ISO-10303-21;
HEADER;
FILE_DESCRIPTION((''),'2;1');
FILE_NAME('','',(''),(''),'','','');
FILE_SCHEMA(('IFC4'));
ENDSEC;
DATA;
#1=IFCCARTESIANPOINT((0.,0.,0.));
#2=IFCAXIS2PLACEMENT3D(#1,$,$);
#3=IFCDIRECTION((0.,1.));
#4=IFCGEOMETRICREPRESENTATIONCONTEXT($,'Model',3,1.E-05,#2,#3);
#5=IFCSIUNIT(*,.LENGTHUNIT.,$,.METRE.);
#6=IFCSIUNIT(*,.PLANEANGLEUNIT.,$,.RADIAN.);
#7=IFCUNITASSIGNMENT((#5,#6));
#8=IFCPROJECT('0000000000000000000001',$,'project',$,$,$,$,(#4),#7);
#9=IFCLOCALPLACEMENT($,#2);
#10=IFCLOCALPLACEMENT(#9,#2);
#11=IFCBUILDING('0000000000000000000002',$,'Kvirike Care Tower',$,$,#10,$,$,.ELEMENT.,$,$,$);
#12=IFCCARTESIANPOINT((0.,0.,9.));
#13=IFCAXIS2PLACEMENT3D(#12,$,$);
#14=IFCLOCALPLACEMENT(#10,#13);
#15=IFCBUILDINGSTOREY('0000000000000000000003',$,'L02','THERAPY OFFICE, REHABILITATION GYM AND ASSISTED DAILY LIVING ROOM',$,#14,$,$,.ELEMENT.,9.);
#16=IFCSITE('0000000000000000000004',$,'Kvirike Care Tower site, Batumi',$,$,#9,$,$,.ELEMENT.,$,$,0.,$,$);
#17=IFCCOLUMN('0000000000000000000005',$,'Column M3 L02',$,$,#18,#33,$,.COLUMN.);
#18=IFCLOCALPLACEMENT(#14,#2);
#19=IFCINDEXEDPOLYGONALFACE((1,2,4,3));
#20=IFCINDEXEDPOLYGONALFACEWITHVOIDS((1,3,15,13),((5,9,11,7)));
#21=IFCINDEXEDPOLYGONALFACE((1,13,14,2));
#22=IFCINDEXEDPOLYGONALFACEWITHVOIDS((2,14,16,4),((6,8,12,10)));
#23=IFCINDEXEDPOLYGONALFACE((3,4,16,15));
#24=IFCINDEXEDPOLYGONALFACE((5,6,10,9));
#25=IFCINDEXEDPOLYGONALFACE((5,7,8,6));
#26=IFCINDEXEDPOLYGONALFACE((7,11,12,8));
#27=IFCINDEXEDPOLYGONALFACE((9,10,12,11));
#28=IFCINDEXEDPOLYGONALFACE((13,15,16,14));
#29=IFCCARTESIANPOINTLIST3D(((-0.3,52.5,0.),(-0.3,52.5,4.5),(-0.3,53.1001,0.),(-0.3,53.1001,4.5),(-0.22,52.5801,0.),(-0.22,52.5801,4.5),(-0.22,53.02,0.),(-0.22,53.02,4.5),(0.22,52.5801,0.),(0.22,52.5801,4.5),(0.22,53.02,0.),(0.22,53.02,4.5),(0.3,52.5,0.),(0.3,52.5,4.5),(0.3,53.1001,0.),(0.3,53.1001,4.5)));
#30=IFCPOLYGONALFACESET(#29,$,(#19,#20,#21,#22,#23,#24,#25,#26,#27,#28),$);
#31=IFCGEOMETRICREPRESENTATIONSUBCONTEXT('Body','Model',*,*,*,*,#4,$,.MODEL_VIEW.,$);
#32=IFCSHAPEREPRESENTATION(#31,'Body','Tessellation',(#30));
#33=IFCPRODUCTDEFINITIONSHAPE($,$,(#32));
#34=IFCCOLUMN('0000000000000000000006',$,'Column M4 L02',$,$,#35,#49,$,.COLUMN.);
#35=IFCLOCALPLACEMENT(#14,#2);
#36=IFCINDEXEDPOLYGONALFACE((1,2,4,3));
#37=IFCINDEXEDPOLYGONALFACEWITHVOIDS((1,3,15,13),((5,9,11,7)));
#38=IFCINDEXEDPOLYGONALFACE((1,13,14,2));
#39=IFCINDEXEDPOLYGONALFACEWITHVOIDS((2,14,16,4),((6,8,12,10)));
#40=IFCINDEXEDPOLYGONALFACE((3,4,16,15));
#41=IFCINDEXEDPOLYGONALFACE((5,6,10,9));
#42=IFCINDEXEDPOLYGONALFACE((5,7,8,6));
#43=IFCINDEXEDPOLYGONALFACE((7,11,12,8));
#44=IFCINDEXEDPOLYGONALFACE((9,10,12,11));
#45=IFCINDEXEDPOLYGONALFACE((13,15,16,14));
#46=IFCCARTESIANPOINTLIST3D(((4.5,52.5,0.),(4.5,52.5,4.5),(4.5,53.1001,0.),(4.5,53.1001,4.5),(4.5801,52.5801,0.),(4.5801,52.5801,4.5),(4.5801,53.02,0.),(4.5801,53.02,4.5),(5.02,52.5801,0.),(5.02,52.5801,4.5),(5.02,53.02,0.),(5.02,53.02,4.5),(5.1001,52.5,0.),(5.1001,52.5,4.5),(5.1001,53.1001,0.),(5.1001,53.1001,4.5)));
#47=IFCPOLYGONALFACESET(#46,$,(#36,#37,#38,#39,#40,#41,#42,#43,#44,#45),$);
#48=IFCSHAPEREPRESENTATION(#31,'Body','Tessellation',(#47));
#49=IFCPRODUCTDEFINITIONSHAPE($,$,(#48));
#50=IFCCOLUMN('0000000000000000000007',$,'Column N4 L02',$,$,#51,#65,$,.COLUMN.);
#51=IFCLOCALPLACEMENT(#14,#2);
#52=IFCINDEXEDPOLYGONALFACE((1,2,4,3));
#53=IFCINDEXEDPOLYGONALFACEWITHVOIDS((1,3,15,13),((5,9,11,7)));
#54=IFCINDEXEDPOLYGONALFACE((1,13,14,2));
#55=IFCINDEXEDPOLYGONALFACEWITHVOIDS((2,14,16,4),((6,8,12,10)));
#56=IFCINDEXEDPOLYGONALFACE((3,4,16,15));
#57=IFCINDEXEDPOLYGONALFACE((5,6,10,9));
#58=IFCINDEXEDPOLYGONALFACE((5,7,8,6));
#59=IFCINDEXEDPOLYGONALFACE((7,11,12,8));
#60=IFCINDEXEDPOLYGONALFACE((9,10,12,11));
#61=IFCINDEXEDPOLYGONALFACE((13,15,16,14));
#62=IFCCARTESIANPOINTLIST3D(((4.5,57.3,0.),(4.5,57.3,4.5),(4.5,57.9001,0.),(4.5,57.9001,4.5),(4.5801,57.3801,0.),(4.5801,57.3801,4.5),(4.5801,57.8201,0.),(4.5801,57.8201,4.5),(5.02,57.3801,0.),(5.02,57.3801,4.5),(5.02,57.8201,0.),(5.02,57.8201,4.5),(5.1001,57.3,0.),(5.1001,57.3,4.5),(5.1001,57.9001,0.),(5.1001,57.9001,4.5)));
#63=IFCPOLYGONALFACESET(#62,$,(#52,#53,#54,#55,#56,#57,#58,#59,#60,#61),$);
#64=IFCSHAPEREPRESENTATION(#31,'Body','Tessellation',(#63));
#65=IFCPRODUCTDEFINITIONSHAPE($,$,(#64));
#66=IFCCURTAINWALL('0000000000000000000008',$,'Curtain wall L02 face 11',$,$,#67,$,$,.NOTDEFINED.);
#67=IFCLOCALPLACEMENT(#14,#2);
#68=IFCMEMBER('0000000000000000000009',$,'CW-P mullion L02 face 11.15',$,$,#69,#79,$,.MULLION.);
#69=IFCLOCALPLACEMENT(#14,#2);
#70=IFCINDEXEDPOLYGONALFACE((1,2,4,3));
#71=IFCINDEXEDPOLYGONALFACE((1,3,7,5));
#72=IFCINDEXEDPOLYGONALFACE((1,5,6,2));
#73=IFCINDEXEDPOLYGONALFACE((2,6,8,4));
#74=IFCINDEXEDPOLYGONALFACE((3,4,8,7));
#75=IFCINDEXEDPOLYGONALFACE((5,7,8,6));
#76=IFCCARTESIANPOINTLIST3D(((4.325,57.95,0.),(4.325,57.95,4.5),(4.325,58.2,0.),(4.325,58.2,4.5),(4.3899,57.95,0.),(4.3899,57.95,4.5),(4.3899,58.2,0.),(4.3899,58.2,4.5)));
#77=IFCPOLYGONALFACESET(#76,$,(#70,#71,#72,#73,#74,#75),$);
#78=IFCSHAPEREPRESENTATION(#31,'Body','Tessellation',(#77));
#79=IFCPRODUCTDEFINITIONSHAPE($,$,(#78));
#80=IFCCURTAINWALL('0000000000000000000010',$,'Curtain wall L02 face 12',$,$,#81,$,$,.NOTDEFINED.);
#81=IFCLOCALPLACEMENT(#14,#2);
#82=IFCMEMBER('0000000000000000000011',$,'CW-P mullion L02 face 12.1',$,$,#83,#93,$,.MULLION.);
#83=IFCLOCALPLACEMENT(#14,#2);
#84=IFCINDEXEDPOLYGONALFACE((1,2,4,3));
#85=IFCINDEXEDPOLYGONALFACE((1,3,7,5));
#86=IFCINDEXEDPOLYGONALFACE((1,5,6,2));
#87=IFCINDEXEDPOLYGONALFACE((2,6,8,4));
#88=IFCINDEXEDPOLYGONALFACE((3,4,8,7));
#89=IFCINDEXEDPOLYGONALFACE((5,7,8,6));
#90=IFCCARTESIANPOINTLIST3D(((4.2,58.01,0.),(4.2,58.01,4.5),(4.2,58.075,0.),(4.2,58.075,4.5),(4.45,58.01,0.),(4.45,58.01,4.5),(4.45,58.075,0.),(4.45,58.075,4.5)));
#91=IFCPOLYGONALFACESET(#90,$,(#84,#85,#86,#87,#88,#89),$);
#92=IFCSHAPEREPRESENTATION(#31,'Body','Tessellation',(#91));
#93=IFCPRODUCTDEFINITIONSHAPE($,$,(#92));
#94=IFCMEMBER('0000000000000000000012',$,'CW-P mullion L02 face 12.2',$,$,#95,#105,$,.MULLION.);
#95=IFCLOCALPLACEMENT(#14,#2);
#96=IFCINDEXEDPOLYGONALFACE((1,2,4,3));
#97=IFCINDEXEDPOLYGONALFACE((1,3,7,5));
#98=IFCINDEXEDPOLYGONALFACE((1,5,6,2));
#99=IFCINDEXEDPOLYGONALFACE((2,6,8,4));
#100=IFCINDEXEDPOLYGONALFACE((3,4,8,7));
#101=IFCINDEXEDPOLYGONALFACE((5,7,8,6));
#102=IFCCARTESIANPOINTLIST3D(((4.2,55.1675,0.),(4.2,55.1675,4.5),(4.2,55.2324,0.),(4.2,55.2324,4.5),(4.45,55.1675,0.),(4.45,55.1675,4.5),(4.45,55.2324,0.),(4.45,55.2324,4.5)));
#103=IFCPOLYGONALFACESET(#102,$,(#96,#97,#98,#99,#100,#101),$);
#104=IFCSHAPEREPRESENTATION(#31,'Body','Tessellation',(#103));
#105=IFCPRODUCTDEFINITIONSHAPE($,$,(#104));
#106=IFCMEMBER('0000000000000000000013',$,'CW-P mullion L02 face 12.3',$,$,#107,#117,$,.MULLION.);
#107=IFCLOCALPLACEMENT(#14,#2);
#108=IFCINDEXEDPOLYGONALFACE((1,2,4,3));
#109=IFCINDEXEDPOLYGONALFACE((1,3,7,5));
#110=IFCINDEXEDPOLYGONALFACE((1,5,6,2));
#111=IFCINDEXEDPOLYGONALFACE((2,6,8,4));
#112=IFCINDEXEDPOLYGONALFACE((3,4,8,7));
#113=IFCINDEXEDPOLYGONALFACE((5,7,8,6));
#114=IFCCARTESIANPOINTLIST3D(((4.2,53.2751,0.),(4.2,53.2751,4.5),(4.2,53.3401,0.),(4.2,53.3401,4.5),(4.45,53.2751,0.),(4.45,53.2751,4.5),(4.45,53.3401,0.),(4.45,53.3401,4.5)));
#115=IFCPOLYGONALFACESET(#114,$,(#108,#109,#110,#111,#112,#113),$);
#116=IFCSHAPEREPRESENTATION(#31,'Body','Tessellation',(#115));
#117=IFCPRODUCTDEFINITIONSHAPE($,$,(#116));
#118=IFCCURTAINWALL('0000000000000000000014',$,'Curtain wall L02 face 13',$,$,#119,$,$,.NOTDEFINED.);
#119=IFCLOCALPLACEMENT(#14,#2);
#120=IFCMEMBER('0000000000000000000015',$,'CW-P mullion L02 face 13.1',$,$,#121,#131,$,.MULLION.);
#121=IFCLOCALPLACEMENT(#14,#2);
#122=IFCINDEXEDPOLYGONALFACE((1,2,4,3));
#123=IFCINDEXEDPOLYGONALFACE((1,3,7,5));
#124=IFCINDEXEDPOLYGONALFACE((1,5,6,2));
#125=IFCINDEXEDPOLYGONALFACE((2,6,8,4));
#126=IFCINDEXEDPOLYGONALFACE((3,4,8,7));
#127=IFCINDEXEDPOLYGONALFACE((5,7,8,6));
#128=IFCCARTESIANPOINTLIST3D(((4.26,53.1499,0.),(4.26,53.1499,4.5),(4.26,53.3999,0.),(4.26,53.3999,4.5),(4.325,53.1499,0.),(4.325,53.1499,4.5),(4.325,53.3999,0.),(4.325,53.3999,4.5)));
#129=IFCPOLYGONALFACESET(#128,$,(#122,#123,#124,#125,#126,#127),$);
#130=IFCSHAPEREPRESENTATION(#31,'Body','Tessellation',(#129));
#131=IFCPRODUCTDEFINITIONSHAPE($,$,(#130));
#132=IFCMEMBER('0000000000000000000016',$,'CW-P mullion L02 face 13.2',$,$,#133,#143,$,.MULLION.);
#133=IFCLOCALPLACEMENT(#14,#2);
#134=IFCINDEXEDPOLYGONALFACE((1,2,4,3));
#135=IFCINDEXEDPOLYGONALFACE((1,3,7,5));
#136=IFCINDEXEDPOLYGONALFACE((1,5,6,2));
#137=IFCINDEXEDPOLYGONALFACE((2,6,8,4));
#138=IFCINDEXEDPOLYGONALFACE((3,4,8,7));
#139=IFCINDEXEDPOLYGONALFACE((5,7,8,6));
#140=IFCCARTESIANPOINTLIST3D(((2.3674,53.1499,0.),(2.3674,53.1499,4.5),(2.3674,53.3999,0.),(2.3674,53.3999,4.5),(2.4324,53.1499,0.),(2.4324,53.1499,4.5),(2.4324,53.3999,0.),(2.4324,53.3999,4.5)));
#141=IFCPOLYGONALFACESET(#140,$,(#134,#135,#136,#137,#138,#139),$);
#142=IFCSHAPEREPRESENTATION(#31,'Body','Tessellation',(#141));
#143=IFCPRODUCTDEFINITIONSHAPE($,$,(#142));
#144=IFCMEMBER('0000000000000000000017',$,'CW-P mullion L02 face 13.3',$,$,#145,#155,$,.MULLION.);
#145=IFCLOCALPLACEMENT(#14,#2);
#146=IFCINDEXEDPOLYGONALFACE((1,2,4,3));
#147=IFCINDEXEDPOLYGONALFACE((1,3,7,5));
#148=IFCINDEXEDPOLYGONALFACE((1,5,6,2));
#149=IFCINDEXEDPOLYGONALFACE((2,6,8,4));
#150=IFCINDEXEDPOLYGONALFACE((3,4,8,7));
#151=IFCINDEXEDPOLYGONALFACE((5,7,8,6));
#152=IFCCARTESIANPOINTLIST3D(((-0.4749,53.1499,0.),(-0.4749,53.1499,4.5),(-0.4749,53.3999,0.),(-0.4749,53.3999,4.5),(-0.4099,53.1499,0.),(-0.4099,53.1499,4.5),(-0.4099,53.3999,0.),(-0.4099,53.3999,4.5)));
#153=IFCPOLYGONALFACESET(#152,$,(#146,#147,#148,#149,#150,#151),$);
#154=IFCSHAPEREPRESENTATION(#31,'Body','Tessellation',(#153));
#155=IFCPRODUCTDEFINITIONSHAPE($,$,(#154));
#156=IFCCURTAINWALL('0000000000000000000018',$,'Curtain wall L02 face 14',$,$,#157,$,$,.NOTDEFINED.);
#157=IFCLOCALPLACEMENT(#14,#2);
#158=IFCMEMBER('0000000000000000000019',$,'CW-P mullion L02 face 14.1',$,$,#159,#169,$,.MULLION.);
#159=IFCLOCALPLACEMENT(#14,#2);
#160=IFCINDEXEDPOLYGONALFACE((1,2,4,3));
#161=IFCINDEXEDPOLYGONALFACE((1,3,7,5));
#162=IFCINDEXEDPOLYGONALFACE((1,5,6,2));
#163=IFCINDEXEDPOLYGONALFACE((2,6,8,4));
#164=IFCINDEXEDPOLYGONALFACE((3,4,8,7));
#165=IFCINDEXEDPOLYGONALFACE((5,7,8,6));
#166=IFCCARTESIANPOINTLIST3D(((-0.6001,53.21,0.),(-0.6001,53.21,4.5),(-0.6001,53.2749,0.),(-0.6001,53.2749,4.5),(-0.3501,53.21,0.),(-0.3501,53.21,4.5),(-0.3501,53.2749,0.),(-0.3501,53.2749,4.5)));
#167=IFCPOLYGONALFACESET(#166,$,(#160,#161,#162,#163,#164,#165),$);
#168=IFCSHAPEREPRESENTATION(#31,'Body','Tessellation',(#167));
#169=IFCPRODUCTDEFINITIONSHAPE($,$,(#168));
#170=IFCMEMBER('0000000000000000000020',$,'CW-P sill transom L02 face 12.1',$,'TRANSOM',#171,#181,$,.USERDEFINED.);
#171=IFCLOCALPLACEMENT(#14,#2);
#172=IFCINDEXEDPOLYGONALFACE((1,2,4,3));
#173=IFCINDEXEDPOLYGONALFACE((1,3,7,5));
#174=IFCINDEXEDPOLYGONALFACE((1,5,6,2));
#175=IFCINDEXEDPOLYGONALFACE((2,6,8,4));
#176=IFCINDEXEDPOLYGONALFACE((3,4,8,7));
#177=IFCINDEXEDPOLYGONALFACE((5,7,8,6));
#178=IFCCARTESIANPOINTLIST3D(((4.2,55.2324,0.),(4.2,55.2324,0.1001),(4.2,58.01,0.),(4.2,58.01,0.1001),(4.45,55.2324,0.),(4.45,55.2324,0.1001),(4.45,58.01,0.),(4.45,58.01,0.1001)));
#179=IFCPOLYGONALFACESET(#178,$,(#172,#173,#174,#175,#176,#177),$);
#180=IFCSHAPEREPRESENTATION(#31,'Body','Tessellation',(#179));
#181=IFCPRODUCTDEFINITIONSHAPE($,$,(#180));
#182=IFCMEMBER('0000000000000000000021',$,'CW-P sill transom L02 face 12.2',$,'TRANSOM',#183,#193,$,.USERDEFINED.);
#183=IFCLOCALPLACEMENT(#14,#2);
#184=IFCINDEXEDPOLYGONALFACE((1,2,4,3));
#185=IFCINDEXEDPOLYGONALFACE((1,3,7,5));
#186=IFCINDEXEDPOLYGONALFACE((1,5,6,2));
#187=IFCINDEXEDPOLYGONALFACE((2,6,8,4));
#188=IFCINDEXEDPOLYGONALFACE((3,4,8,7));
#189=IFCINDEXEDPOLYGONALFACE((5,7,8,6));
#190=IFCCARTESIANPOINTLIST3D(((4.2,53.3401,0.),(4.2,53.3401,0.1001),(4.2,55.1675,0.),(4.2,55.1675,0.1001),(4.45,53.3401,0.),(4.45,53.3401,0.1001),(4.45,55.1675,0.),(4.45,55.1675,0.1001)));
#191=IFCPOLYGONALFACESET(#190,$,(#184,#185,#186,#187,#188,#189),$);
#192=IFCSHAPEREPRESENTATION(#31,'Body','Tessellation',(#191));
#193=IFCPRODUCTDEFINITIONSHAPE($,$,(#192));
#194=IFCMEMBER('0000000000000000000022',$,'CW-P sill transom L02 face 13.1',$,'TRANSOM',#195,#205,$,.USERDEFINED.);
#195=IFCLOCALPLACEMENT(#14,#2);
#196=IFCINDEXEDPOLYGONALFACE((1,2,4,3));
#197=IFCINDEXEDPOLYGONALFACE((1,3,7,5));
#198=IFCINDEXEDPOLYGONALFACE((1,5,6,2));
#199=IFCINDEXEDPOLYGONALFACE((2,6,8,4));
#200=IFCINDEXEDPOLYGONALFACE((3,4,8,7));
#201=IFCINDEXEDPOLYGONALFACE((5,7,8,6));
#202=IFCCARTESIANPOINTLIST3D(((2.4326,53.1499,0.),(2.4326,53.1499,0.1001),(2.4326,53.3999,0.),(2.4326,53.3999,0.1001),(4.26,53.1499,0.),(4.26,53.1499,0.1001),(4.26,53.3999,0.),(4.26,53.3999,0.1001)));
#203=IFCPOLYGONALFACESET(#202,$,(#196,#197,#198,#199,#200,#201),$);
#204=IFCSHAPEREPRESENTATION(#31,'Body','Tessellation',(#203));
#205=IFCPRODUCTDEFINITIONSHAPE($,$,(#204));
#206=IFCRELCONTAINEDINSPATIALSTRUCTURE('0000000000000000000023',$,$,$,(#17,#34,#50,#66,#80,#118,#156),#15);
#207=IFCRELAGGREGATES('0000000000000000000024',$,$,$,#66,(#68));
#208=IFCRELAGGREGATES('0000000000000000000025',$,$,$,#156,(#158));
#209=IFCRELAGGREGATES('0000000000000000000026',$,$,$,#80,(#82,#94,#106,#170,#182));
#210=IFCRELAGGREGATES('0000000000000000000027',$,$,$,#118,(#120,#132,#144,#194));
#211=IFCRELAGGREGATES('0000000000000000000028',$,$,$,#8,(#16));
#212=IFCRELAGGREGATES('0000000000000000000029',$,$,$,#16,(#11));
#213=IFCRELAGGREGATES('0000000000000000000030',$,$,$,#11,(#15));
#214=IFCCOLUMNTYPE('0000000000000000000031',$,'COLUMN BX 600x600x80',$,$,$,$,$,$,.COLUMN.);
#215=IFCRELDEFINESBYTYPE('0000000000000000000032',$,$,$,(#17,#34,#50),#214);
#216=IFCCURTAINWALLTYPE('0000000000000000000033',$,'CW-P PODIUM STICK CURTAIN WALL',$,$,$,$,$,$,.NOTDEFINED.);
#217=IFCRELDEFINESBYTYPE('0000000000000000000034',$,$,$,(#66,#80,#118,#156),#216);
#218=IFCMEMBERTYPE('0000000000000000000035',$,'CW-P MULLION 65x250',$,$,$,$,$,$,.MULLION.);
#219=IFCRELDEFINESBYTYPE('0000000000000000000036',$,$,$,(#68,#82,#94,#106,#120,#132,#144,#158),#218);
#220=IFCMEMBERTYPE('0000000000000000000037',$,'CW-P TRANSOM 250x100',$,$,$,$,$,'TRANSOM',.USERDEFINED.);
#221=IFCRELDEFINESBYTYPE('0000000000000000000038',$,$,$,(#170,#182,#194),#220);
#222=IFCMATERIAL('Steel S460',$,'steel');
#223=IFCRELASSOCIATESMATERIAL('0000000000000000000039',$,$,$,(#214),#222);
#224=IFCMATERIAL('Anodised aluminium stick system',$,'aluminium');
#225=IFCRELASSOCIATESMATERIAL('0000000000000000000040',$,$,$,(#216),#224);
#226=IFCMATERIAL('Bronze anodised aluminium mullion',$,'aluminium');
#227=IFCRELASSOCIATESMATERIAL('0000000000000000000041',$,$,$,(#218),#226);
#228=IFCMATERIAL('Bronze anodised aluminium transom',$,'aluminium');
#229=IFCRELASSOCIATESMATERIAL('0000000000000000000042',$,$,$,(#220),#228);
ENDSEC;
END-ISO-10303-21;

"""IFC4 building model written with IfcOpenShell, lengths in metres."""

from ifc_helpers import new_model, si_unit, direction, frame, origin, origin_2d, place, context, subcontext, project, spatial, rectangle, hollow_rectangle, extrude, material, material_profile, profile_set, type_object, element, aggregate, save


model = new_model("IFC4")

# Units and contexts
model_context = context("Model", 3, precision=1e-05, world=origin(), true_north=direction((0.0, 1.0)))
body_context = subcontext(model_context, "Body", "Model", "MODEL_VIEW")
ifc_project = project(units=[si_unit("LENGTHUNIT", "METRE"), si_unit("PLANEANGLEUNIT", "RADIAN")], contexts=[model_context])

# Site, building, storey
site_placement = place(None, origin())
site = spatial("IfcSite", under=ifc_project, at=site_placement, Name="Kvirike Care Tower site, Batumi", CompositionType="ELEMENT", RefElevation=0.0)
building_placement = place(site_placement, origin())
building = spatial("IfcBuilding", under=site, at=building_placement, Name="Kvirike Care Tower", CompositionType="ELEMENT")
storey_placement = place(building_placement, frame((0.0, 0.0, 9.0)))
storey = spatial("IfcBuildingStorey", under=building, at=storey_placement, Name="L02", Description="THERAPY OFFICE, REHABILITATION GYM AND ASSISTED DAILY LIVING ROOM", CompositionType="ELEMENT", Elevation=9.0)

# Columns
ifc_material_1 = material(Name="Steel S460", Category="steel")
ifc_material_profile_1 = material_profile(ifc_material_1, hollow_rectangle(XDim=0.6001, YDim=0.6001, WallThickness=0.0801, at=origin_2d()), Name="BX 600x600x80")
ifc_profile_set_1 = profile_set([ifc_material_profile_1], Name="Steel S460")
column_type = type_object("IfcColumnType", Name="COLUMN BX 600x600x80", PredefinedType="COLUMN", material=ifc_profile_set_1)
for number, where, z_axis, x_axis, name in (
    (1, (0.0, 52.8, 0.0), (0.0, 0.0, 1.0), (0.0, 1.0, 0.0), "Column M3 L02"),
    (2, (4.8, 52.8, 0.0), (0.0, 0.0, 1.0), (0.0, 1.0, 0.0), "Column M4 L02"),
    (3, (4.8, 57.6001, 0.0), (0.0, 0.0, 1.0), (0.0, 1.0, 0.0), "Column N4 L02"),
):
    element("IfcColumn", number, at=place(storey_placement, frame(where, z_axis=z_axis, x_axis=x_axis)), inside=storey, type_object=column_type, Name=name, PredefinedType="COLUMN", context=body_context, shape_type="SweptSolid", body=[
        extrude(hollow_rectangle(XDim=0.6001, YDim=0.6001, WallThickness=0.0801, at=origin_2d()), origin(), (0.0, 0.0, 1.0), 4.5),
    ])

# Curtain wall, member
ifc_material_2 = material(Name="Anodised aluminium stick system", Category="aluminium")
curtain_wall_type = type_object("IfcCurtainWallType", Name="CW-P PODIUM STICK CURTAIN WALL", PredefinedType="NOTDEFINED", material=ifc_material_2)
curtain_wall_1_placement = place(storey_placement, origin())
curtain_wall_1 = element("IfcCurtainWall", 4, at=curtain_wall_1_placement, inside=storey, type_object=curtain_wall_type, Name="Curtain wall L02 face 11", PredefinedType="NOTDEFINED")
ifc_material_3 = material(Name="Bronze anodised aluminium mullion", Category="aluminium")
ifc_material_profile_2 = material_profile(ifc_material_3, rectangle(XDim=0.0649, YDim=0.25, at=origin_2d()), Name="CW-P MULLION 65x250")
ifc_profile_set_2 = profile_set([ifc_material_profile_2], Name="Bronze anodised aluminium mullion")
member_type_1 = type_object("IfcMemberType", Name="CW-P MULLION 65x250", PredefinedType="MULLION", material=ifc_profile_set_2)
member_1_placement = place(storey_placement, frame((4.3574, 58.075, 0.0), z_axis=(0.0, 0.0, 1.0), x_axis=(-1.0, 0.0, 0.0)))
member_1 = element("IfcMember", 5, at=member_1_placement, type_object=member_type_1, Name="CW-P mullion L02 face 11.15", PredefinedType="MULLION", context=body_context, shape_type="SweptSolid", body=[
    extrude(rectangle(XDim=0.0649, YDim=0.25, at=origin_2d()), origin(), (0.0, 0.0, 1.0), 4.5),
])
aggregate(curtain_wall_1, [member_1])

# Curtain walls, members
curtain_wall_2_placement = place(storey_placement, origin())
curtain_wall_2 = element("IfcCurtainWall", 6, at=curtain_wall_2_placement, inside=storey, type_object=curtain_wall_type, Name="Curtain wall L02 face 12", PredefinedType="NOTDEFINED")
member_2_placement = place(storey_placement, frame((4.325, 58.0425, 0.0), z_axis=(0.0, 0.0, 1.0), x_axis=(0.0, -1.0, 0.0)))
member_2 = element("IfcMember", 7, at=member_2_placement, type_object=member_type_1, Name="CW-P mullion L02 face 12.1", PredefinedType="MULLION", context=body_context, shape_type="SweptSolid", body=[
    extrude(rectangle(XDim=0.0649, YDim=0.25, at=origin_2d()), origin(), (0.0, 0.0, 1.0), 4.5),
])
member_3_placement = place(storey_placement, frame((4.325, 55.2, 0.0), z_axis=(0.0, 0.0, 1.0), x_axis=(0.0, -1.0, 0.0)))
member_3 = element("IfcMember", 8, at=member_3_placement, type_object=member_type_1, Name="CW-P mullion L02 face 12.2", PredefinedType="MULLION", context=body_context, shape_type="SweptSolid", body=[
    extrude(rectangle(XDim=0.0649, YDim=0.25, at=origin_2d()), origin(), (0.0, 0.0, 1.0), 4.5),
])
member_4_placement = place(storey_placement, frame((4.325, 53.3076, 0.0), z_axis=(0.0, 0.0, 1.0), x_axis=(0.0, -1.0, 0.0)))
member_4 = element("IfcMember", 9, at=member_4_placement, type_object=member_type_1, Name="CW-P mullion L02 face 12.3", PredefinedType="MULLION", context=body_context, shape_type="SweptSolid", body=[
    extrude(rectangle(XDim=0.0649, YDim=0.25, at=origin_2d()), origin(), (0.0, 0.0, 1.0), 4.5),
])
curtain_wall_3_placement = place(storey_placement, origin())
curtain_wall_3 = element("IfcCurtainWall", 10, at=curtain_wall_3_placement, inside=storey, type_object=curtain_wall_type, Name="Curtain wall L02 face 13", PredefinedType="NOTDEFINED")
member_5_placement = place(storey_placement, frame((4.2925, 53.2749, 0.0), z_axis=(0.0, 0.0, 1.0), x_axis=(-1.0, 0.0, 0.0)))
member_5 = element("IfcMember", 11, at=member_5_placement, type_object=member_type_1, Name="CW-P mullion L02 face 13.1", PredefinedType="MULLION", context=body_context, shape_type="SweptSolid", body=[
    extrude(rectangle(XDim=0.0649, YDim=0.25, at=origin_2d()), origin(), (0.0, 0.0, 1.0), 4.5),
])
member_6_placement = place(storey_placement, frame((2.3999, 53.2749, 0.0), z_axis=(0.0, 0.0, 1.0), x_axis=(-1.0, 0.0, 0.0)))
member_6 = element("IfcMember", 12, at=member_6_placement, type_object=member_type_1, Name="CW-P mullion L02 face 13.2", PredefinedType="MULLION", context=body_context, shape_type="SweptSolid", body=[
    extrude(rectangle(XDim=0.0649, YDim=0.25, at=origin_2d()), origin(), (0.0, 0.0, 1.0), 4.5),
])
member_7_placement = place(storey_placement, frame((-0.4424, 53.2749, 0.0), z_axis=(0.0, 0.0, 1.0), x_axis=(-1.0, 0.0, 0.0)))
member_7 = element("IfcMember", 13, at=member_7_placement, type_object=member_type_1, Name="CW-P mullion L02 face 13.3", PredefinedType="MULLION", context=body_context, shape_type="SweptSolid", body=[
    extrude(rectangle(XDim=0.0649, YDim=0.25, at=origin_2d()), origin(), (0.0, 0.0, 1.0), 4.5),
])

# Curtain wall, member
curtain_wall_4_placement = place(storey_placement, origin())
curtain_wall_4 = element("IfcCurtainWall", 14, at=curtain_wall_4_placement, inside=storey, type_object=curtain_wall_type, Name="Curtain wall L02 face 14", PredefinedType="NOTDEFINED")
member_8_placement = place(storey_placement, frame((-0.4751, 53.2424, 0.0), z_axis=(0.0, 0.0, 1.0), x_axis=(0.0, -1.0, 0.0)))
member_8 = element("IfcMember", 15, at=member_8_placement, type_object=member_type_1, Name="CW-P mullion L02 face 14.1", PredefinedType="MULLION", context=body_context, shape_type="SweptSolid", body=[
    extrude(rectangle(XDim=0.0649, YDim=0.25, at=origin_2d()), origin(), (0.0, 0.0, 1.0), 4.5),
])

# Members
ifc_material_4 = material(Name="Bronze anodised aluminium transom", Category="aluminium")
ifc_material_profile_3 = material_profile(ifc_material_4, rectangle(XDim=0.25, YDim=0.1001, at=origin_2d()), Name="CW-P TRANSOM 250x100")
ifc_profile_set_3 = profile_set([ifc_material_profile_3], Name="Bronze anodised aluminium transom")
member_type_2 = type_object("IfcMemberType", Name="CW-P TRANSOM 250x100", ElementType="TRANSOM", PredefinedType="USERDEFINED", material=ifc_profile_set_3)
member_9_placement = place(storey_placement, frame((4.325, 58.01, 0.05), z_axis=(0.0, -1.0, 0.0), x_axis=(1.0, 0.0, 0.0)))
member_9 = element("IfcMember", 16, at=member_9_placement, type_object=member_type_2, Name="CW-P sill transom L02 face 12.1", ObjectType="TRANSOM", PredefinedType="USERDEFINED", context=body_context, shape_type="SweptSolid", body=[
    extrude(rectangle(XDim=0.25, YDim=0.1001, at=origin_2d()), origin(), (0.0, 0.0, 1.0), 2.7776),
])
member_10_placement = place(storey_placement, frame((4.325, 55.1675, 0.05), z_axis=(0.0, -1.0, 0.0), x_axis=(1.0, 0.0, 0.0)))
member_10 = element("IfcMember", 17, at=member_10_placement, type_object=member_type_2, Name="CW-P sill transom L02 face 12.2", ObjectType="TRANSOM", PredefinedType="USERDEFINED", context=body_context, shape_type="SweptSolid", body=[
    extrude(rectangle(XDim=0.25, YDim=0.1001, at=origin_2d()), origin(), (0.0, 0.0, 1.0), 1.8274),
])
member_11_placement = place(storey_placement, frame((4.26, 53.2749, 0.05), z_axis=(-1.0, 0.0, 0.0), x_axis=(0.0, -1.0, 0.0)))
member_11 = element("IfcMember", 18, at=member_11_placement, type_object=member_type_2, Name="CW-P sill transom L02 face 13.1", ObjectType="TRANSOM", PredefinedType="USERDEFINED", context=body_context, shape_type="SweptSolid", body=[
    extrude(rectangle(XDim=0.25, YDim=0.1001, at=origin_2d()), origin(), (0.0, 0.0, 1.0), 1.8274),
])
aggregate(curtain_wall_4, [member_8])

aggregate(curtain_wall_2, [member_2, member_3, member_4, member_9, member_10])
aggregate(curtain_wall_3, [member_5, member_6, member_7, member_11])

save(model, "model.ifc")
